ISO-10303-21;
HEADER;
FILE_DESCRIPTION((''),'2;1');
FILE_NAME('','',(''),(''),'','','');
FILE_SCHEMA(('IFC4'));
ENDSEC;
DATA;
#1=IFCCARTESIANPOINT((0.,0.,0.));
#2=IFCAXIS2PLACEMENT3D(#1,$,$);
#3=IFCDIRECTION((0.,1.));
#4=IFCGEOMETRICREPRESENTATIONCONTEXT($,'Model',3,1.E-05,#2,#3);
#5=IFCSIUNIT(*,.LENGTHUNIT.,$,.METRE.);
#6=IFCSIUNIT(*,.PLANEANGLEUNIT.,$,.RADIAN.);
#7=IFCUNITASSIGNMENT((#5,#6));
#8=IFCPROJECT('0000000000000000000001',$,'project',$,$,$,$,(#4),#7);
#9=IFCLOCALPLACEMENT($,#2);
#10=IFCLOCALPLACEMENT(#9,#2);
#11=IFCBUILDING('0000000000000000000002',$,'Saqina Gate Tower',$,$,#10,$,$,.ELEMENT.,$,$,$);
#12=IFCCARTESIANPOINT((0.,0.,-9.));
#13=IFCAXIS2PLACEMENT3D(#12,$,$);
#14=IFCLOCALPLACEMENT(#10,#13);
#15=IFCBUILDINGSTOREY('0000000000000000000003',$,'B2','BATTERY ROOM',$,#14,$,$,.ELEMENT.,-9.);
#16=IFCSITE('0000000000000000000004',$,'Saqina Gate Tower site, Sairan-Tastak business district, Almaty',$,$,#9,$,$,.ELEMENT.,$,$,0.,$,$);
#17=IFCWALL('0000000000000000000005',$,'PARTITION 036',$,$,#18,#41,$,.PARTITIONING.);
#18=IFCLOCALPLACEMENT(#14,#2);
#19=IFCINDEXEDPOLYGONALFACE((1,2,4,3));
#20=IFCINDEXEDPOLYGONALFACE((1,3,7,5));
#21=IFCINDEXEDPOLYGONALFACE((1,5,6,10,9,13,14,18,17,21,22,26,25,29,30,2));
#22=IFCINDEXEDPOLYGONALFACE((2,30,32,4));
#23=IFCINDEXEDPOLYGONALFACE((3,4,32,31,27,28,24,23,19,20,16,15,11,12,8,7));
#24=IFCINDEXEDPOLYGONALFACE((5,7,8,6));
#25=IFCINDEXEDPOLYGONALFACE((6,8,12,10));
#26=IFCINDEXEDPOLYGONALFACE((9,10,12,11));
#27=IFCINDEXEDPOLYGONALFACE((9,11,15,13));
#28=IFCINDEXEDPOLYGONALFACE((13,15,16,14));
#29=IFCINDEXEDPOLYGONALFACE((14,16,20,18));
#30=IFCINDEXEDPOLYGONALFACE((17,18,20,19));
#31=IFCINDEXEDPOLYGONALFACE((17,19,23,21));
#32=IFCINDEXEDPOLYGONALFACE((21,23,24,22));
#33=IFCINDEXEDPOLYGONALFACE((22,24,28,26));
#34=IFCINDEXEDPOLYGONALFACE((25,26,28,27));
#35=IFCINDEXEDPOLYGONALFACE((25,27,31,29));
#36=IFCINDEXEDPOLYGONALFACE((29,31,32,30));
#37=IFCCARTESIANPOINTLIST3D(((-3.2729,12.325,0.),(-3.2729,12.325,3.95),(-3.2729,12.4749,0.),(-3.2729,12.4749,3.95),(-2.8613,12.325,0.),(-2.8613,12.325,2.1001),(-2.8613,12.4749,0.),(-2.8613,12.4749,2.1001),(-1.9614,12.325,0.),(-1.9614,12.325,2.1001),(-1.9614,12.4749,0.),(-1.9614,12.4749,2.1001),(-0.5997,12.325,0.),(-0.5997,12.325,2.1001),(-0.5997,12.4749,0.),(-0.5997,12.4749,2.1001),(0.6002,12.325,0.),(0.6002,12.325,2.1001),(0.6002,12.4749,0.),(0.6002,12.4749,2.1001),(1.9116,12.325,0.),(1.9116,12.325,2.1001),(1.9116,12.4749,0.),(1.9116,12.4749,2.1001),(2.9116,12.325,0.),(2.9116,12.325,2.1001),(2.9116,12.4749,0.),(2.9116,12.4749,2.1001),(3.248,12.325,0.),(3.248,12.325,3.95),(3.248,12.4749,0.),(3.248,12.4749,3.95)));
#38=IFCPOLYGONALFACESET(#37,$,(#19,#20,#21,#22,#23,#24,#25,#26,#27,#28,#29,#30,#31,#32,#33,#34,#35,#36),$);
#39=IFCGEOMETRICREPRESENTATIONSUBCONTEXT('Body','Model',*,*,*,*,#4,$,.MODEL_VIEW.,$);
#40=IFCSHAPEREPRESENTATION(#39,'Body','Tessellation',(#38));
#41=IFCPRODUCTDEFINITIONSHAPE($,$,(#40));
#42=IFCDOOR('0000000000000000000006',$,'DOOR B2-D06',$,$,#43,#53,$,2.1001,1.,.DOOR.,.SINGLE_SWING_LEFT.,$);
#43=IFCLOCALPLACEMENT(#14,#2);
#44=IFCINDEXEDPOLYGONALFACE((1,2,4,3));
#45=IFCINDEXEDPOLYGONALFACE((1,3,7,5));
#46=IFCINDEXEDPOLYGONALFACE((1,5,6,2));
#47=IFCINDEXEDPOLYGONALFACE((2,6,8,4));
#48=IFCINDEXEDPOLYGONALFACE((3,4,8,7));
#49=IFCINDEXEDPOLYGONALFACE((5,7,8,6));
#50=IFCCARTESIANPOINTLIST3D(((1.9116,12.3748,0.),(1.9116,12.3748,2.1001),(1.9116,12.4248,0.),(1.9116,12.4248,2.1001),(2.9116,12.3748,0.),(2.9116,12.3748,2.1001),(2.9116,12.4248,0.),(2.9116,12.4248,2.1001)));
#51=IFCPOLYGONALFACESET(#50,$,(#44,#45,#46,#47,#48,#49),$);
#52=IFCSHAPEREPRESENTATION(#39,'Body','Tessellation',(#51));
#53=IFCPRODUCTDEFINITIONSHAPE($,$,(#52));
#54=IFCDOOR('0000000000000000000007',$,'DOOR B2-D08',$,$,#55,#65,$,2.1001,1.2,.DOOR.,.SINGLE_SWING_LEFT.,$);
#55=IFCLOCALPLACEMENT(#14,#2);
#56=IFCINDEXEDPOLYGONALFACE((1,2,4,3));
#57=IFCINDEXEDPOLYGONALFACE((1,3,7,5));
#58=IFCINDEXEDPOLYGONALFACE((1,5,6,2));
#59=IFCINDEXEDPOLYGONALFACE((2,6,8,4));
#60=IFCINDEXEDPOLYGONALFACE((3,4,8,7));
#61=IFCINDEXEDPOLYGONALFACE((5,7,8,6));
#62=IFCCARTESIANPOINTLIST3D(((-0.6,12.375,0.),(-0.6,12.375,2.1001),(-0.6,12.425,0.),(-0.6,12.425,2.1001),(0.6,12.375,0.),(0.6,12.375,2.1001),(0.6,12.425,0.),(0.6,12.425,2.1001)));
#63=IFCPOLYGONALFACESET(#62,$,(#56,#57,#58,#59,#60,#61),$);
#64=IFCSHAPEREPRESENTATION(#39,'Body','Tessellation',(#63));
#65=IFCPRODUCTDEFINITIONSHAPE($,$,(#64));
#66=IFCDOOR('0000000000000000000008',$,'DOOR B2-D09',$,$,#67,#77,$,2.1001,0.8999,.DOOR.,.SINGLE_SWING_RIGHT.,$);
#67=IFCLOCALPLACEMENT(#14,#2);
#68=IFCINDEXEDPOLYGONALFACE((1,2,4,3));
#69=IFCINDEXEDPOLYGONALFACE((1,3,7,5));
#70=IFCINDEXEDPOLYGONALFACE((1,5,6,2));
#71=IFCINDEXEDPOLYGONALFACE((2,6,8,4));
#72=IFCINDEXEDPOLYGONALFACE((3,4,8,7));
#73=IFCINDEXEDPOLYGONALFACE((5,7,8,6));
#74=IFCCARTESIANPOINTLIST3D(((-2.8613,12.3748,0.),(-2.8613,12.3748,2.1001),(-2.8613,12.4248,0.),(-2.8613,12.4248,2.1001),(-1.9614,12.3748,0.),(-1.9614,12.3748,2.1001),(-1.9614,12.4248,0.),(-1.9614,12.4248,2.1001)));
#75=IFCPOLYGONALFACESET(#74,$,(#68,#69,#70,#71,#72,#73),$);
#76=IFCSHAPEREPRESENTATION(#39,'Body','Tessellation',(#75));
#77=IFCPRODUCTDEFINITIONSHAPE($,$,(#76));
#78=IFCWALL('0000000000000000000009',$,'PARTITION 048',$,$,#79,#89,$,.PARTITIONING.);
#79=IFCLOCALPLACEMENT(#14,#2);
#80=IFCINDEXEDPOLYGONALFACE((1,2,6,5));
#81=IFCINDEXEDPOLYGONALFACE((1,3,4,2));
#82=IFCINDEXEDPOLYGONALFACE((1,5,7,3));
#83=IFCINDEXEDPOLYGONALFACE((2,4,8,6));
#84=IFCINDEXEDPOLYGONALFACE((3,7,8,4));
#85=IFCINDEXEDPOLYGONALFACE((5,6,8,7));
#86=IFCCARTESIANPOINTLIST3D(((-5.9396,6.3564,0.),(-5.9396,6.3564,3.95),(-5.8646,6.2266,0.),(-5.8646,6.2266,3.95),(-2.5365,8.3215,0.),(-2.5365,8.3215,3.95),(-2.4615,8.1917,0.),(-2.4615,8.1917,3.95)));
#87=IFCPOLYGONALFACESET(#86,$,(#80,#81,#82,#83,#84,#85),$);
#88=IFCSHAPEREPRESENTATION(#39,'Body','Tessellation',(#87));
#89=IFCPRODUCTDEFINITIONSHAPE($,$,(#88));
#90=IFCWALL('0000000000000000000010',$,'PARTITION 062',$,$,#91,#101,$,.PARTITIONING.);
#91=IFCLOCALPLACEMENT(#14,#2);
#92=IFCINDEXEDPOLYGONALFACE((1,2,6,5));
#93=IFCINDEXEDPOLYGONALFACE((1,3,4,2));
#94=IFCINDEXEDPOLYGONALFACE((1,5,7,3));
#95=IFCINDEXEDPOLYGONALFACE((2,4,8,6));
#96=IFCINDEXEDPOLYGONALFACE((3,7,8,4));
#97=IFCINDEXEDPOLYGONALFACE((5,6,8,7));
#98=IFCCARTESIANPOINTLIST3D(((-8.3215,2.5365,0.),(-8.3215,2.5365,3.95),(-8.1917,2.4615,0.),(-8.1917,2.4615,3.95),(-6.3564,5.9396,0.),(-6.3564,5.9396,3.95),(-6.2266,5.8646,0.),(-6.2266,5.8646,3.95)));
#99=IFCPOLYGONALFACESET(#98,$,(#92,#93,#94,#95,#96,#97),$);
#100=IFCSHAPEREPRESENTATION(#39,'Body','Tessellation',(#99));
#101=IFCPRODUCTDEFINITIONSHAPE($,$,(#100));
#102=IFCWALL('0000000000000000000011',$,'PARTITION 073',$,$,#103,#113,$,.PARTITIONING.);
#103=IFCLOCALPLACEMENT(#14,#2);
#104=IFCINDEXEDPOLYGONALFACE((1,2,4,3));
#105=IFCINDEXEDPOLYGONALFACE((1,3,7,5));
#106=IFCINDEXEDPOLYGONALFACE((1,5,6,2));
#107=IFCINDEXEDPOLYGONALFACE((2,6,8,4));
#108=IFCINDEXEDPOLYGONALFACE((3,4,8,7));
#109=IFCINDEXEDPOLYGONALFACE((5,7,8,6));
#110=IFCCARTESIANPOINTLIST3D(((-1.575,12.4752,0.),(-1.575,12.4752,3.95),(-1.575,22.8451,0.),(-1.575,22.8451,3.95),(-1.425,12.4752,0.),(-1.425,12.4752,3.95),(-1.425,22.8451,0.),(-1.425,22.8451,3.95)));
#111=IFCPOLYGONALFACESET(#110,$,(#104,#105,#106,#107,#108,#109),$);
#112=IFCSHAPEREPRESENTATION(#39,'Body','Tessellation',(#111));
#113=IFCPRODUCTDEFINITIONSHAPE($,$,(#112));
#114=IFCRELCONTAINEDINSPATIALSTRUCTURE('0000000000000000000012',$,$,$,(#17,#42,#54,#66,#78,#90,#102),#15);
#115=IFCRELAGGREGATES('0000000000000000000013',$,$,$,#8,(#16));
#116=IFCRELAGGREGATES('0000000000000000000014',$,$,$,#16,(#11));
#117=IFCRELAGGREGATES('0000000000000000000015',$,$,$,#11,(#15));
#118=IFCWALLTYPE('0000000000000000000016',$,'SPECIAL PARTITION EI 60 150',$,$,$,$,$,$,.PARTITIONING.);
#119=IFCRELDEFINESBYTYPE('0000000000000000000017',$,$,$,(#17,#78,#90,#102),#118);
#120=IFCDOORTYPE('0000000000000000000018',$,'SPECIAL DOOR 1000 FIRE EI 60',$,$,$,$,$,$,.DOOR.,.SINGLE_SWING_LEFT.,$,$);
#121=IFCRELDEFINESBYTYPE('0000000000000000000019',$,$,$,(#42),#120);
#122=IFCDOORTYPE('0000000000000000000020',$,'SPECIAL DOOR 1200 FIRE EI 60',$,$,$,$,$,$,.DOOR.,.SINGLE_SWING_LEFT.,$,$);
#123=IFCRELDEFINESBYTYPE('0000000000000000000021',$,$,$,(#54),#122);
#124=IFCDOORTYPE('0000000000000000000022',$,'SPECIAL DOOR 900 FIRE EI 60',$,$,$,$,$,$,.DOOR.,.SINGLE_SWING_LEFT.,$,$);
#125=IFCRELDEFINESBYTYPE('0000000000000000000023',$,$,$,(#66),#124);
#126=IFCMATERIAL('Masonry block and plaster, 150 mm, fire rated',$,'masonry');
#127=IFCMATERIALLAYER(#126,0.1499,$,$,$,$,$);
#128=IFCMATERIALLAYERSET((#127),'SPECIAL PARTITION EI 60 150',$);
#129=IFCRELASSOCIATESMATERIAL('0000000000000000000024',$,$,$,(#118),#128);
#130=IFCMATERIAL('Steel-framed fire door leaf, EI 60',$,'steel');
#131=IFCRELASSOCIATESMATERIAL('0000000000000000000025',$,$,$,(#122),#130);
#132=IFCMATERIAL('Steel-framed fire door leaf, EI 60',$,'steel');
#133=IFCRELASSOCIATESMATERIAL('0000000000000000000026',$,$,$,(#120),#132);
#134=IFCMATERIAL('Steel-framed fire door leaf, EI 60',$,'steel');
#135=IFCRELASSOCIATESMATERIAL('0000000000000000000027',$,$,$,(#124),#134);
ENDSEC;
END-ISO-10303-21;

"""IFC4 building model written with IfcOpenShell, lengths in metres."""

from ifc_helpers import new_model, si_unit, direction, frame, frame_2d, origin, place, context, subcontext, project, spatial, rectangle, extrude, material, layer, layer_set, type_object, element, fill, save


model = new_model("IFC4")

# Units and contexts
model_context = context("Model", 3, precision=1e-05, world=origin(), true_north=direction((0.0, 1.0)))
body_context = subcontext(model_context, "Body", "Model", "MODEL_VIEW")
ifc_project = project(units=[si_unit("LENGTHUNIT", "METRE"), si_unit("PLANEANGLEUNIT", "RADIAN")], contexts=[model_context])

# Site, building, storey
site_placement = place(None, origin())
site = spatial("IfcSite", under=ifc_project, at=site_placement, Name="Saqina Gate Tower site, Sairan-Tastak business district, Almaty", CompositionType="ELEMENT", RefElevation=0.0)
building_placement = place(site_placement, origin())
building = spatial("IfcBuilding", under=site, at=building_placement, Name="Saqina Gate Tower", CompositionType="ELEMENT")
storey_placement = place(building_placement, frame((0.0, 0.0, -9.0)))
storey = spatial("IfcBuildingStorey", under=building, at=storey_placement, Name="B2", Description="BATTERY ROOM", CompositionType="ELEMENT", Elevation=-9.0)

# Shared definitions
ifc_material_1 = material(Name="Masonry block and plaster, 150 mm, fire rated", Category="masonry")
ifc_layer_1 = layer(ifc_material_1, 0.1499)
ifc_layer_set_1 = layer_set([ifc_layer_1], Name="SPECIAL PARTITION EI 60 150")
wall_type = type_object("IfcWallType", Name="SPECIAL PARTITION EI 60 150", PredefinedType="PARTITIONING", material=ifc_layer_set_1)
ifc_material_2 = material(Name="Steel-framed fire door leaf, EI 60", Category="steel")
door_type_1 = type_object("IfcDoorType", Name="SPECIAL DOOR 1200 FIRE EI 60", OperationType="SINGLE_SWING_LEFT", PredefinedType="DOOR", material=ifc_material_2)

# Wall, openings, doors
wall_1_placement = place(storey_placement, frame((-3.2729, 12.3999, 0.0), z_axis=(0.0, 0.0, 1.0), x_axis=(1.0, 0.0, 0.0)))
wall_1 = element("IfcWall", 1, at=wall_1_placement, inside=storey, type_object=wall_type, Name="PARTITION 036", PredefinedType="PARTITIONING", context=body_context, shape_type="SweptSolid", body=[
    extrude(rectangle(XDim=6.521, YDim=0.1499, at=frame_2d((3.2605, 0.0))), origin(), (0.0, 0.0, 1.0), 3.95),
])
opening_1_placement = place(wall_1_placement, frame((5.1846, 0.0, 0.0)))
opening_1 = element("IfcOpeningElement", 2, at=opening_1_placement, cuts=wall_1, PredefinedType="OPENING", context=body_context, shape_type="SweptSolid", body=[
    extrude(rectangle(XDim=1.0, YDim=2.1001, at=frame_2d((0.5, 1.05))), frame((0.0, 0.0869, 0.0), z_axis=(0.0, -1.0, 0.0), x_axis=(1.0, 0.0, 0.0)), (0.0, 0.0, 1.0), 0.1738),
])
opening_2_placement = place(wall_1_placement, frame((2.6731, 0.0, 0.0)))
opening_2 = element("IfcOpeningElement", 3, at=opening_2_placement, cuts=wall_1, PredefinedType="OPENING", context=body_context, shape_type="SweptSolid", body=[
    extrude(rectangle(XDim=1.2, YDim=2.1001, at=frame_2d((0.6001, 1.05))), frame((0.0, 0.0869, 0.0), z_axis=(0.0, -1.0, 0.0), x_axis=(1.0, 0.0, 0.0)), (0.0, 0.0, 1.0), 0.1738),
])
opening_3_placement = place(wall_1_placement, frame((0.4116, 0.0, 0.0)))
opening_3 = element("IfcOpeningElement", 4, at=opening_3_placement, cuts=wall_1, PredefinedType="OPENING", context=body_context, shape_type="SweptSolid", body=[
    extrude(rectangle(XDim=0.8999, YDim=2.1001, at=frame_2d((0.45, 1.05))), frame((0.0, 0.0869, 0.0), z_axis=(0.0, -1.0, 0.0), x_axis=(1.0, 0.0, 0.0)), (0.0, 0.0, 1.0), 0.1738),
])
ifc_material_3 = material(Name="Steel-framed fire door leaf, EI 60", Category="steel")
door_type_2 = type_object("IfcDoorType", Name="SPECIAL DOOR 1000 FIRE EI 60", OperationType="SINGLE_SWING_LEFT", PredefinedType="DOOR", material=ifc_material_3)
door_1_placement = place(opening_1_placement, origin())
door_1 = element("IfcDoor", 5, at=door_1_placement, inside=storey, type_object=door_type_2, Name="DOOR B2-D06", OperationType="SINGLE_SWING_LEFT", OverallHeight=2.1001, OverallWidth=1.0, PredefinedType="DOOR", context=body_context, shape_type="SweptSolid", body=[
    extrude(rectangle(XDim=1.0, YDim=2.1001, at=frame_2d((0.5, 1.05))), frame((0.0, 0.0249, 0.0), z_axis=(0.0, -1.0, 0.0), x_axis=(1.0, 0.0, 0.0)), (0.0, 0.0, 1.0), 0.05),
])
fill(opening_1, door_1)
door_2_placement = place(opening_2_placement, frame((1.2, 0.0, 0.0), z_axis=(0.0, 0.0, 1.0), x_axis=(-1.0, 0.0, 0.0)))
door_2 = element("IfcDoor", 6, at=door_2_placement, inside=storey, type_object=door_type_1, Name="DOOR B2-D08", OperationType="SINGLE_SWING_LEFT", OverallHeight=2.1001, OverallWidth=1.2, PredefinedType="DOOR", context=body_context, shape_type="SweptSolid", body=[
    extrude(rectangle(XDim=1.2, YDim=2.1001, at=frame_2d((0.6001, 1.05))), frame((0.0, 0.0249, 0.0), z_axis=(0.0, -1.0, 0.0), x_axis=(1.0, 0.0, 0.0)), (0.0, 0.0, 1.0), 0.05),
])
fill(opening_2, door_2)
ifc_material_4 = material(Name="Steel-framed fire door leaf, EI 60", Category="steel")
door_type_3 = type_object("IfcDoorType", Name="SPECIAL DOOR 900 FIRE EI 60", OperationType="SINGLE_SWING_LEFT", PredefinedType="DOOR", material=ifc_material_4)
door_3_placement = place(opening_3_placement, origin())
door_3 = element("IfcDoor", 7, at=door_3_placement, inside=storey, type_object=door_type_3, Name="DOOR B2-D09", OperationType="SINGLE_SWING_RIGHT", OverallHeight=2.1001, OverallWidth=0.8999, PredefinedType="DOOR", context=body_context, shape_type="SweptSolid", body=[
    extrude(rectangle(XDim=0.8999, YDim=2.1001, at=frame_2d((0.45, 1.05))), frame((0.0, 0.0249, 0.0), z_axis=(0.0, -1.0, 0.0), x_axis=(1.0, 0.0, 0.0)), (0.0, 0.0, 1.0), 0.05),
])
fill(opening_3, door_3)

# Walls
for number, where, z_axis, x_axis, name in (
    (8, (-5.9021, 6.2915, 0.0), (0.0, 0.0, 1.0), (0.86599, 0.500061, 0.0), "PARTITION 048"),
    (9, (-8.2566, 2.499, 0.0), (0.0, 0.0, 1.0), (0.500061, 0.86599, 0.0), "PARTITION 062"),
):
    element("IfcWall", number, at=place(storey_placement, frame(where, z_axis=z_axis, x_axis=x_axis)), inside=storey, type_object=wall_type, Name=name, PredefinedType="PARTITIONING", context=body_context, shape_type="SweptSolid", body=[
        extrude(rectangle(XDim=3.9297, YDim=0.1499, at=frame_2d((1.9648, 0.0))), origin(), (0.0, 0.0, 1.0), 3.95),
    ])
wall_2_placement = place(storey_placement, frame((-1.5, 12.4751, 0.0), z_axis=(0.0, 0.0, 1.0), x_axis=(0.0, 1.0, 0.0)))
element("IfcWall", 10, at=wall_2_placement, inside=storey, type_object=wall_type, Name="PARTITION 073", PredefinedType="PARTITIONING", context=body_context, shape_type="SweptSolid", body=[
    extrude(rectangle(XDim=10.3699, YDim=0.1499, at=frame_2d((5.1851, 0.0))), origin(), (0.0, 0.0, 1.0), 3.95),
])

save(model, "model.ifc")
